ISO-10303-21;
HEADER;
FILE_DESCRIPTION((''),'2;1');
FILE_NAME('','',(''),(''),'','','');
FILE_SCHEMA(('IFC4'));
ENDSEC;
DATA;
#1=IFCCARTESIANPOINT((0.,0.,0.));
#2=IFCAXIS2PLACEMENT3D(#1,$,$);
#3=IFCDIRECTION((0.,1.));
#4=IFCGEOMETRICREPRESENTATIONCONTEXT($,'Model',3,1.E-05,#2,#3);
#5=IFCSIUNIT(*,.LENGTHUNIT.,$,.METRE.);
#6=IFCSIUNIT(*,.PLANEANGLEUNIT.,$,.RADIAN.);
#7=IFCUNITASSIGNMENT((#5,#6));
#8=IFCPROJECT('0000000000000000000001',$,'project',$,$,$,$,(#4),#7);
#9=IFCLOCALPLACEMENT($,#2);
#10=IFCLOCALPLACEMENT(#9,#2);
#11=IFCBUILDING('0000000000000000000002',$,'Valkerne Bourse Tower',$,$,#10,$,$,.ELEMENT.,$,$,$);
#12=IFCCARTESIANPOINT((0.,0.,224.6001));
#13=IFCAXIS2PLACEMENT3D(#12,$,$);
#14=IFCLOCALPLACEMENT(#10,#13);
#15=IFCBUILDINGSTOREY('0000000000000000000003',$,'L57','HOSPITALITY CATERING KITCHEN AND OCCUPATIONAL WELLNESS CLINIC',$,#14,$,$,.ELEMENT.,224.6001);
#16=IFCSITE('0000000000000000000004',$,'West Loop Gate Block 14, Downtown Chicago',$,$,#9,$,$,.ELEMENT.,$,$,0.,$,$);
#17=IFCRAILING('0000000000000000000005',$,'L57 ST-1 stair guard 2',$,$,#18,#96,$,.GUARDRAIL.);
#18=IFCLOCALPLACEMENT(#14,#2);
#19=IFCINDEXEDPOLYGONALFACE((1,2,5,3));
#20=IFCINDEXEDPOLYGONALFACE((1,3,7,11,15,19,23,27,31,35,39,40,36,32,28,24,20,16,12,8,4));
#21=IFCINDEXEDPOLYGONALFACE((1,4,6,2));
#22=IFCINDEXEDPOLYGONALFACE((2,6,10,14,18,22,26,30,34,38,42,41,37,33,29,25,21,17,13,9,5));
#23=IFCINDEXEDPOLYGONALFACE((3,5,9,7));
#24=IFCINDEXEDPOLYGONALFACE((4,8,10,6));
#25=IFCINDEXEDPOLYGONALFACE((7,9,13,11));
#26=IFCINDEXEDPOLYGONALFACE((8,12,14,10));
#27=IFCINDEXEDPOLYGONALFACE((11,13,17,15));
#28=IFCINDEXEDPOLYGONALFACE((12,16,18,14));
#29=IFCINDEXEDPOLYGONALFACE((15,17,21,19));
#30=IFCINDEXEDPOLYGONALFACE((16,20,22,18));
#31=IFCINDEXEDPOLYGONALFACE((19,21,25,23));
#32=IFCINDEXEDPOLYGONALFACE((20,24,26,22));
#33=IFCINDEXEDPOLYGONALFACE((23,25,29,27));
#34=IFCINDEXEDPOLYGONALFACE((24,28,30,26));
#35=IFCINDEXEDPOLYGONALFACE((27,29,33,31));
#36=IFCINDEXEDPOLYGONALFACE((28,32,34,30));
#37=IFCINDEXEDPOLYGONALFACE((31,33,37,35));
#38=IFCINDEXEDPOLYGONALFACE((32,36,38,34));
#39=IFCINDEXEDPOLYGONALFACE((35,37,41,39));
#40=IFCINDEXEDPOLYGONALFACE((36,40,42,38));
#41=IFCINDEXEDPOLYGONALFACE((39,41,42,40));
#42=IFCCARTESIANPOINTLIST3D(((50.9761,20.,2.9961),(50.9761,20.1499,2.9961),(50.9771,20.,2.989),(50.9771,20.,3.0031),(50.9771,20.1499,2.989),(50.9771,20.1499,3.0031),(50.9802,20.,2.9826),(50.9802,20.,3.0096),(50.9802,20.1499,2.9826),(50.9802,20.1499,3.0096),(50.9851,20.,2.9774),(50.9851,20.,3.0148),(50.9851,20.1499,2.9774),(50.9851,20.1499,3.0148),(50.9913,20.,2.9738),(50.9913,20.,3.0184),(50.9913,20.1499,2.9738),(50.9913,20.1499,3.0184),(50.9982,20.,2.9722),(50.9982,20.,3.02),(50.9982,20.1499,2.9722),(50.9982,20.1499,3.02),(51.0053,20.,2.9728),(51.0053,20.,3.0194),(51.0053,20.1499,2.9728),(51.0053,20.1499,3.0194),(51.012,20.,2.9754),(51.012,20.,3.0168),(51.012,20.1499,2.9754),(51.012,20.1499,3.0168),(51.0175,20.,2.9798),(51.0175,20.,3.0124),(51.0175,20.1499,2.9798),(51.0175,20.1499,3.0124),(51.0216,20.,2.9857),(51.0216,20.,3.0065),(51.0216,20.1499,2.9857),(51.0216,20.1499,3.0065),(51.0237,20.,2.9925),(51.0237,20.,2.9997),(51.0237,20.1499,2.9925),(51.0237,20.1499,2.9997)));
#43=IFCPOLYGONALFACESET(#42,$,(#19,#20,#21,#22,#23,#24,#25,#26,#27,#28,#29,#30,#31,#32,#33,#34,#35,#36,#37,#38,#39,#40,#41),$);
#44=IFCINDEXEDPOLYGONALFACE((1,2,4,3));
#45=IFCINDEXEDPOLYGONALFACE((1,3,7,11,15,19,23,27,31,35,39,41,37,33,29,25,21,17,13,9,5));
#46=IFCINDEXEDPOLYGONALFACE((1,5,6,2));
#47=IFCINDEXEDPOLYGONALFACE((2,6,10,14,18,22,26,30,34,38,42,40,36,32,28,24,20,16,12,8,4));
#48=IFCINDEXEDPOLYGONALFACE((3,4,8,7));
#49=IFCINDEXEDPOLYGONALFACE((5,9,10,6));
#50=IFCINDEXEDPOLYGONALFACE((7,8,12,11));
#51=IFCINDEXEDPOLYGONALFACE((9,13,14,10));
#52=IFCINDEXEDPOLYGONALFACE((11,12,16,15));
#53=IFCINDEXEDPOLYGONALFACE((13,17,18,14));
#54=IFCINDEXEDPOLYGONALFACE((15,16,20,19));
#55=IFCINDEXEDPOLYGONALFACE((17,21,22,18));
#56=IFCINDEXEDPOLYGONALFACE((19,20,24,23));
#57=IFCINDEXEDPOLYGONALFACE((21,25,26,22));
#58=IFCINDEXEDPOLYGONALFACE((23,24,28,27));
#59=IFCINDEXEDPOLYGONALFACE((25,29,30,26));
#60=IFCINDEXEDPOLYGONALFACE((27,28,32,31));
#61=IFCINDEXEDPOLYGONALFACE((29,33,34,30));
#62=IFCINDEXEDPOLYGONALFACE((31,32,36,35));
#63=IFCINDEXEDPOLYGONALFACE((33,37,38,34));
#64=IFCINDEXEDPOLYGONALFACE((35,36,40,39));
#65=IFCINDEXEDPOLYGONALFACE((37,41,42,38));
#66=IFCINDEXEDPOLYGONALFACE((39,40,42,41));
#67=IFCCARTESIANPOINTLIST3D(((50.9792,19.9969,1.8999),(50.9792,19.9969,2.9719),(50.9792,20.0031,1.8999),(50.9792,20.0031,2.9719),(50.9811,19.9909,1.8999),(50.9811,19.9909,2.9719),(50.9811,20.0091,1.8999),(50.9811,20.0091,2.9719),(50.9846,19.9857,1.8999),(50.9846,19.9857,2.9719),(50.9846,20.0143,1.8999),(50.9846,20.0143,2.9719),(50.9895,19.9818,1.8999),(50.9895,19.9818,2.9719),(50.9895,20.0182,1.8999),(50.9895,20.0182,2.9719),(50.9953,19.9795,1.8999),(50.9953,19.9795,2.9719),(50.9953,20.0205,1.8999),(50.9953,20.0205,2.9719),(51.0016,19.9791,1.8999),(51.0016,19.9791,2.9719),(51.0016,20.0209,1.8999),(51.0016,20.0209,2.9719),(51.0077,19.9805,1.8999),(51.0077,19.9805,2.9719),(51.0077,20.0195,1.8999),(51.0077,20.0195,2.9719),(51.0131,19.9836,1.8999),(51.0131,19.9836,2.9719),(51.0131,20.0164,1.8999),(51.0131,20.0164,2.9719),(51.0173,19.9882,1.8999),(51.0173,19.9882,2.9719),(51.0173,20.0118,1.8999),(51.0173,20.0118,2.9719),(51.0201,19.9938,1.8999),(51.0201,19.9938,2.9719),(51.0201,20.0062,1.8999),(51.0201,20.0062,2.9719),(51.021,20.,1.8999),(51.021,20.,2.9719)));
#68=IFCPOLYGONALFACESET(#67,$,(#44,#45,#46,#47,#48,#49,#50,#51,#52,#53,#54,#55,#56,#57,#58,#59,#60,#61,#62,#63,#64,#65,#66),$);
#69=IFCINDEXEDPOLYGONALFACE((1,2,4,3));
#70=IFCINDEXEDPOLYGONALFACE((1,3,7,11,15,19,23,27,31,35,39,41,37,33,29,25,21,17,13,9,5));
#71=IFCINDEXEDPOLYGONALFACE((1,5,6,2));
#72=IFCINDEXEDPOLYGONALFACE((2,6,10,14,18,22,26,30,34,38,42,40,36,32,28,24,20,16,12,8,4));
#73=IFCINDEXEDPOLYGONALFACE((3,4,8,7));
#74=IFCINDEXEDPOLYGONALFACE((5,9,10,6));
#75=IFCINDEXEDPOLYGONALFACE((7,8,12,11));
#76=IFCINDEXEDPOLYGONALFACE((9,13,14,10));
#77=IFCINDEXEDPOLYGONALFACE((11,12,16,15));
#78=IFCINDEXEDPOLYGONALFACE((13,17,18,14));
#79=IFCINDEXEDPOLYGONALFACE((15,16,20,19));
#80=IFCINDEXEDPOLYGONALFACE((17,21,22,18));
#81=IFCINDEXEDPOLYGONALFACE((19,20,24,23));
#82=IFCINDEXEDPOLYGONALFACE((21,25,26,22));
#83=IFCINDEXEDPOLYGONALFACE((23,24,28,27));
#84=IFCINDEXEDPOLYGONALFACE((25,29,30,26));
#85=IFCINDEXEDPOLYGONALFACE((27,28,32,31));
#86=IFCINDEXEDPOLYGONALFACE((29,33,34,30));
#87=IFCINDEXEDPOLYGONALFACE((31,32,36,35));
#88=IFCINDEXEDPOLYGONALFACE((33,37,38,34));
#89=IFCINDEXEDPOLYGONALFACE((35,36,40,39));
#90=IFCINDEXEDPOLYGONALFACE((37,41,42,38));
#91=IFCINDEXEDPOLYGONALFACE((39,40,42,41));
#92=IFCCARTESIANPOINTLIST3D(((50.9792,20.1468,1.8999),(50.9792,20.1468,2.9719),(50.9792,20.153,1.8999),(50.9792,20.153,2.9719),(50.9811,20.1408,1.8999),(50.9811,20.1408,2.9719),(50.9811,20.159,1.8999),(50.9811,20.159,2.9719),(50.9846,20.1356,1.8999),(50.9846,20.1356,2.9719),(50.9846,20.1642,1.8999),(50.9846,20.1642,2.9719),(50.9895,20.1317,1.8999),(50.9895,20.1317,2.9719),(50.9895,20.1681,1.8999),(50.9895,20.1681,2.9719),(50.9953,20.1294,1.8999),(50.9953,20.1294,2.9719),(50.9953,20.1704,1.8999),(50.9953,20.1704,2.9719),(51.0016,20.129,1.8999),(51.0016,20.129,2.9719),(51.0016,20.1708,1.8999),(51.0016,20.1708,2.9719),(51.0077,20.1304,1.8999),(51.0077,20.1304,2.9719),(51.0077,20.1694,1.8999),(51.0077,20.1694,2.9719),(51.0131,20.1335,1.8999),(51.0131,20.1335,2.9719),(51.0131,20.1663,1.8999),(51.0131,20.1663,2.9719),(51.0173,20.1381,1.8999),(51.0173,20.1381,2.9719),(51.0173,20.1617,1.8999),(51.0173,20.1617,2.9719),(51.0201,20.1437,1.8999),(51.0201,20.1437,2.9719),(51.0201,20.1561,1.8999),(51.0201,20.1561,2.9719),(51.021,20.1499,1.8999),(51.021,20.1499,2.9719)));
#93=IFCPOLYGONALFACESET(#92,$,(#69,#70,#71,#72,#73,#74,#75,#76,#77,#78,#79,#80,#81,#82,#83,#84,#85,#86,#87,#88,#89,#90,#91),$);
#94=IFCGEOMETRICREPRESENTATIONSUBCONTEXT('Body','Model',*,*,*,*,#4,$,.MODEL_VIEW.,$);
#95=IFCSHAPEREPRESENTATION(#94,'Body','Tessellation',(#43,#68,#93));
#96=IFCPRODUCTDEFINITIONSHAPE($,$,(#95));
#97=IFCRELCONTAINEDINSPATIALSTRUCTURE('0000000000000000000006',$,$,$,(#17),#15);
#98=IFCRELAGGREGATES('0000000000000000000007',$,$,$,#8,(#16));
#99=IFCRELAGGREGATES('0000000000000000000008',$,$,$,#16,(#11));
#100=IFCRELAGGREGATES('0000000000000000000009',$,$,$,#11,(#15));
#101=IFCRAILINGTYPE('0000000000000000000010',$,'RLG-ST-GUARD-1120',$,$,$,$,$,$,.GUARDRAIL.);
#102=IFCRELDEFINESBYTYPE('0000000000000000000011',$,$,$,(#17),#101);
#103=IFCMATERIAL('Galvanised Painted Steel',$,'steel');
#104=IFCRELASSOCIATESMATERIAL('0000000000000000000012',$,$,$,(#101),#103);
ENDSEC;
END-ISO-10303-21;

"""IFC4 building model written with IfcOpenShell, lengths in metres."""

from ifc_helpers import new_model, si_unit, direction, frame, origin, origin_2d, place, context, subcontext, project, spatial, circle, extrude, material, type_object, element, save


model = new_model("IFC4")

# Units and contexts
model_context = context("Model", 3, precision=1e-05, world=origin(), true_north=direction((0.0, 1.0)))
body_context = subcontext(model_context, "Body", "Model", "MODEL_VIEW")
ifc_project = project(units=[si_unit("LENGTHUNIT", "METRE"), si_unit("PLANEANGLEUNIT", "RADIAN")], contexts=[model_context])

# Site, building, storey
site_placement = place(None, origin())
site = spatial("IfcSite", under=ifc_project, at=site_placement, Name="West Loop Gate Block 14, Downtown Chicago", CompositionType="ELEMENT", RefElevation=0.0)
building_placement = place(site_placement, origin())
building = spatial("IfcBuilding", under=site, at=building_placement, Name="Valkerne Bourse Tower", CompositionType="ELEMENT")
storey_placement = place(building_placement, frame((0.0, 0.0, 224.6001)))
storey = spatial("IfcBuildingStorey", under=building, at=storey_placement, Name="L57", Description="HOSPITALITY CATERING KITCHEN AND OCCUPATIONAL WELLNESS CLINIC", CompositionType="ELEMENT", Elevation=224.6001)

# Shared definitions
ifc_material_1 = material(Name="Galvanised Painted Steel", Category="steel")

# Railing
railing_type_1 = type_object("IfcRailingType", Name="RLG-ST-GUARD-1120", PredefinedType="GUARDRAIL", material=ifc_material_1)
railing_1_placement = place(storey_placement, frame((51.0, 20.0, 1.8999)))
element("IfcRailing", 1, at=railing_1_placement, inside=storey, type_object=railing_type_1, Name="L57 ST-1 stair guard 2", PredefinedType="GUARDRAIL", context=body_context, shape_type="SweptSolid", body=[
    extrude(circle(Radius=0.0239, at=origin_2d()), frame((0.0, 0.0, 1.0962), z_axis=(0.0, 1.0, 0.0), x_axis=(-1.0, 0.0, 0.0)), (0.0, 0.0, 1.0), 0.1499),
    extrude(circle(Radius=0.021, at=origin_2d()), origin(), (0.0, 0.0, 1.0), 1.072),
    extrude(circle(Radius=0.021, at=origin_2d()), frame((0.0, 0.1499, 0.0)), (0.0, 0.0, 1.0), 1.072),
])

save(model, "model.ifc")
